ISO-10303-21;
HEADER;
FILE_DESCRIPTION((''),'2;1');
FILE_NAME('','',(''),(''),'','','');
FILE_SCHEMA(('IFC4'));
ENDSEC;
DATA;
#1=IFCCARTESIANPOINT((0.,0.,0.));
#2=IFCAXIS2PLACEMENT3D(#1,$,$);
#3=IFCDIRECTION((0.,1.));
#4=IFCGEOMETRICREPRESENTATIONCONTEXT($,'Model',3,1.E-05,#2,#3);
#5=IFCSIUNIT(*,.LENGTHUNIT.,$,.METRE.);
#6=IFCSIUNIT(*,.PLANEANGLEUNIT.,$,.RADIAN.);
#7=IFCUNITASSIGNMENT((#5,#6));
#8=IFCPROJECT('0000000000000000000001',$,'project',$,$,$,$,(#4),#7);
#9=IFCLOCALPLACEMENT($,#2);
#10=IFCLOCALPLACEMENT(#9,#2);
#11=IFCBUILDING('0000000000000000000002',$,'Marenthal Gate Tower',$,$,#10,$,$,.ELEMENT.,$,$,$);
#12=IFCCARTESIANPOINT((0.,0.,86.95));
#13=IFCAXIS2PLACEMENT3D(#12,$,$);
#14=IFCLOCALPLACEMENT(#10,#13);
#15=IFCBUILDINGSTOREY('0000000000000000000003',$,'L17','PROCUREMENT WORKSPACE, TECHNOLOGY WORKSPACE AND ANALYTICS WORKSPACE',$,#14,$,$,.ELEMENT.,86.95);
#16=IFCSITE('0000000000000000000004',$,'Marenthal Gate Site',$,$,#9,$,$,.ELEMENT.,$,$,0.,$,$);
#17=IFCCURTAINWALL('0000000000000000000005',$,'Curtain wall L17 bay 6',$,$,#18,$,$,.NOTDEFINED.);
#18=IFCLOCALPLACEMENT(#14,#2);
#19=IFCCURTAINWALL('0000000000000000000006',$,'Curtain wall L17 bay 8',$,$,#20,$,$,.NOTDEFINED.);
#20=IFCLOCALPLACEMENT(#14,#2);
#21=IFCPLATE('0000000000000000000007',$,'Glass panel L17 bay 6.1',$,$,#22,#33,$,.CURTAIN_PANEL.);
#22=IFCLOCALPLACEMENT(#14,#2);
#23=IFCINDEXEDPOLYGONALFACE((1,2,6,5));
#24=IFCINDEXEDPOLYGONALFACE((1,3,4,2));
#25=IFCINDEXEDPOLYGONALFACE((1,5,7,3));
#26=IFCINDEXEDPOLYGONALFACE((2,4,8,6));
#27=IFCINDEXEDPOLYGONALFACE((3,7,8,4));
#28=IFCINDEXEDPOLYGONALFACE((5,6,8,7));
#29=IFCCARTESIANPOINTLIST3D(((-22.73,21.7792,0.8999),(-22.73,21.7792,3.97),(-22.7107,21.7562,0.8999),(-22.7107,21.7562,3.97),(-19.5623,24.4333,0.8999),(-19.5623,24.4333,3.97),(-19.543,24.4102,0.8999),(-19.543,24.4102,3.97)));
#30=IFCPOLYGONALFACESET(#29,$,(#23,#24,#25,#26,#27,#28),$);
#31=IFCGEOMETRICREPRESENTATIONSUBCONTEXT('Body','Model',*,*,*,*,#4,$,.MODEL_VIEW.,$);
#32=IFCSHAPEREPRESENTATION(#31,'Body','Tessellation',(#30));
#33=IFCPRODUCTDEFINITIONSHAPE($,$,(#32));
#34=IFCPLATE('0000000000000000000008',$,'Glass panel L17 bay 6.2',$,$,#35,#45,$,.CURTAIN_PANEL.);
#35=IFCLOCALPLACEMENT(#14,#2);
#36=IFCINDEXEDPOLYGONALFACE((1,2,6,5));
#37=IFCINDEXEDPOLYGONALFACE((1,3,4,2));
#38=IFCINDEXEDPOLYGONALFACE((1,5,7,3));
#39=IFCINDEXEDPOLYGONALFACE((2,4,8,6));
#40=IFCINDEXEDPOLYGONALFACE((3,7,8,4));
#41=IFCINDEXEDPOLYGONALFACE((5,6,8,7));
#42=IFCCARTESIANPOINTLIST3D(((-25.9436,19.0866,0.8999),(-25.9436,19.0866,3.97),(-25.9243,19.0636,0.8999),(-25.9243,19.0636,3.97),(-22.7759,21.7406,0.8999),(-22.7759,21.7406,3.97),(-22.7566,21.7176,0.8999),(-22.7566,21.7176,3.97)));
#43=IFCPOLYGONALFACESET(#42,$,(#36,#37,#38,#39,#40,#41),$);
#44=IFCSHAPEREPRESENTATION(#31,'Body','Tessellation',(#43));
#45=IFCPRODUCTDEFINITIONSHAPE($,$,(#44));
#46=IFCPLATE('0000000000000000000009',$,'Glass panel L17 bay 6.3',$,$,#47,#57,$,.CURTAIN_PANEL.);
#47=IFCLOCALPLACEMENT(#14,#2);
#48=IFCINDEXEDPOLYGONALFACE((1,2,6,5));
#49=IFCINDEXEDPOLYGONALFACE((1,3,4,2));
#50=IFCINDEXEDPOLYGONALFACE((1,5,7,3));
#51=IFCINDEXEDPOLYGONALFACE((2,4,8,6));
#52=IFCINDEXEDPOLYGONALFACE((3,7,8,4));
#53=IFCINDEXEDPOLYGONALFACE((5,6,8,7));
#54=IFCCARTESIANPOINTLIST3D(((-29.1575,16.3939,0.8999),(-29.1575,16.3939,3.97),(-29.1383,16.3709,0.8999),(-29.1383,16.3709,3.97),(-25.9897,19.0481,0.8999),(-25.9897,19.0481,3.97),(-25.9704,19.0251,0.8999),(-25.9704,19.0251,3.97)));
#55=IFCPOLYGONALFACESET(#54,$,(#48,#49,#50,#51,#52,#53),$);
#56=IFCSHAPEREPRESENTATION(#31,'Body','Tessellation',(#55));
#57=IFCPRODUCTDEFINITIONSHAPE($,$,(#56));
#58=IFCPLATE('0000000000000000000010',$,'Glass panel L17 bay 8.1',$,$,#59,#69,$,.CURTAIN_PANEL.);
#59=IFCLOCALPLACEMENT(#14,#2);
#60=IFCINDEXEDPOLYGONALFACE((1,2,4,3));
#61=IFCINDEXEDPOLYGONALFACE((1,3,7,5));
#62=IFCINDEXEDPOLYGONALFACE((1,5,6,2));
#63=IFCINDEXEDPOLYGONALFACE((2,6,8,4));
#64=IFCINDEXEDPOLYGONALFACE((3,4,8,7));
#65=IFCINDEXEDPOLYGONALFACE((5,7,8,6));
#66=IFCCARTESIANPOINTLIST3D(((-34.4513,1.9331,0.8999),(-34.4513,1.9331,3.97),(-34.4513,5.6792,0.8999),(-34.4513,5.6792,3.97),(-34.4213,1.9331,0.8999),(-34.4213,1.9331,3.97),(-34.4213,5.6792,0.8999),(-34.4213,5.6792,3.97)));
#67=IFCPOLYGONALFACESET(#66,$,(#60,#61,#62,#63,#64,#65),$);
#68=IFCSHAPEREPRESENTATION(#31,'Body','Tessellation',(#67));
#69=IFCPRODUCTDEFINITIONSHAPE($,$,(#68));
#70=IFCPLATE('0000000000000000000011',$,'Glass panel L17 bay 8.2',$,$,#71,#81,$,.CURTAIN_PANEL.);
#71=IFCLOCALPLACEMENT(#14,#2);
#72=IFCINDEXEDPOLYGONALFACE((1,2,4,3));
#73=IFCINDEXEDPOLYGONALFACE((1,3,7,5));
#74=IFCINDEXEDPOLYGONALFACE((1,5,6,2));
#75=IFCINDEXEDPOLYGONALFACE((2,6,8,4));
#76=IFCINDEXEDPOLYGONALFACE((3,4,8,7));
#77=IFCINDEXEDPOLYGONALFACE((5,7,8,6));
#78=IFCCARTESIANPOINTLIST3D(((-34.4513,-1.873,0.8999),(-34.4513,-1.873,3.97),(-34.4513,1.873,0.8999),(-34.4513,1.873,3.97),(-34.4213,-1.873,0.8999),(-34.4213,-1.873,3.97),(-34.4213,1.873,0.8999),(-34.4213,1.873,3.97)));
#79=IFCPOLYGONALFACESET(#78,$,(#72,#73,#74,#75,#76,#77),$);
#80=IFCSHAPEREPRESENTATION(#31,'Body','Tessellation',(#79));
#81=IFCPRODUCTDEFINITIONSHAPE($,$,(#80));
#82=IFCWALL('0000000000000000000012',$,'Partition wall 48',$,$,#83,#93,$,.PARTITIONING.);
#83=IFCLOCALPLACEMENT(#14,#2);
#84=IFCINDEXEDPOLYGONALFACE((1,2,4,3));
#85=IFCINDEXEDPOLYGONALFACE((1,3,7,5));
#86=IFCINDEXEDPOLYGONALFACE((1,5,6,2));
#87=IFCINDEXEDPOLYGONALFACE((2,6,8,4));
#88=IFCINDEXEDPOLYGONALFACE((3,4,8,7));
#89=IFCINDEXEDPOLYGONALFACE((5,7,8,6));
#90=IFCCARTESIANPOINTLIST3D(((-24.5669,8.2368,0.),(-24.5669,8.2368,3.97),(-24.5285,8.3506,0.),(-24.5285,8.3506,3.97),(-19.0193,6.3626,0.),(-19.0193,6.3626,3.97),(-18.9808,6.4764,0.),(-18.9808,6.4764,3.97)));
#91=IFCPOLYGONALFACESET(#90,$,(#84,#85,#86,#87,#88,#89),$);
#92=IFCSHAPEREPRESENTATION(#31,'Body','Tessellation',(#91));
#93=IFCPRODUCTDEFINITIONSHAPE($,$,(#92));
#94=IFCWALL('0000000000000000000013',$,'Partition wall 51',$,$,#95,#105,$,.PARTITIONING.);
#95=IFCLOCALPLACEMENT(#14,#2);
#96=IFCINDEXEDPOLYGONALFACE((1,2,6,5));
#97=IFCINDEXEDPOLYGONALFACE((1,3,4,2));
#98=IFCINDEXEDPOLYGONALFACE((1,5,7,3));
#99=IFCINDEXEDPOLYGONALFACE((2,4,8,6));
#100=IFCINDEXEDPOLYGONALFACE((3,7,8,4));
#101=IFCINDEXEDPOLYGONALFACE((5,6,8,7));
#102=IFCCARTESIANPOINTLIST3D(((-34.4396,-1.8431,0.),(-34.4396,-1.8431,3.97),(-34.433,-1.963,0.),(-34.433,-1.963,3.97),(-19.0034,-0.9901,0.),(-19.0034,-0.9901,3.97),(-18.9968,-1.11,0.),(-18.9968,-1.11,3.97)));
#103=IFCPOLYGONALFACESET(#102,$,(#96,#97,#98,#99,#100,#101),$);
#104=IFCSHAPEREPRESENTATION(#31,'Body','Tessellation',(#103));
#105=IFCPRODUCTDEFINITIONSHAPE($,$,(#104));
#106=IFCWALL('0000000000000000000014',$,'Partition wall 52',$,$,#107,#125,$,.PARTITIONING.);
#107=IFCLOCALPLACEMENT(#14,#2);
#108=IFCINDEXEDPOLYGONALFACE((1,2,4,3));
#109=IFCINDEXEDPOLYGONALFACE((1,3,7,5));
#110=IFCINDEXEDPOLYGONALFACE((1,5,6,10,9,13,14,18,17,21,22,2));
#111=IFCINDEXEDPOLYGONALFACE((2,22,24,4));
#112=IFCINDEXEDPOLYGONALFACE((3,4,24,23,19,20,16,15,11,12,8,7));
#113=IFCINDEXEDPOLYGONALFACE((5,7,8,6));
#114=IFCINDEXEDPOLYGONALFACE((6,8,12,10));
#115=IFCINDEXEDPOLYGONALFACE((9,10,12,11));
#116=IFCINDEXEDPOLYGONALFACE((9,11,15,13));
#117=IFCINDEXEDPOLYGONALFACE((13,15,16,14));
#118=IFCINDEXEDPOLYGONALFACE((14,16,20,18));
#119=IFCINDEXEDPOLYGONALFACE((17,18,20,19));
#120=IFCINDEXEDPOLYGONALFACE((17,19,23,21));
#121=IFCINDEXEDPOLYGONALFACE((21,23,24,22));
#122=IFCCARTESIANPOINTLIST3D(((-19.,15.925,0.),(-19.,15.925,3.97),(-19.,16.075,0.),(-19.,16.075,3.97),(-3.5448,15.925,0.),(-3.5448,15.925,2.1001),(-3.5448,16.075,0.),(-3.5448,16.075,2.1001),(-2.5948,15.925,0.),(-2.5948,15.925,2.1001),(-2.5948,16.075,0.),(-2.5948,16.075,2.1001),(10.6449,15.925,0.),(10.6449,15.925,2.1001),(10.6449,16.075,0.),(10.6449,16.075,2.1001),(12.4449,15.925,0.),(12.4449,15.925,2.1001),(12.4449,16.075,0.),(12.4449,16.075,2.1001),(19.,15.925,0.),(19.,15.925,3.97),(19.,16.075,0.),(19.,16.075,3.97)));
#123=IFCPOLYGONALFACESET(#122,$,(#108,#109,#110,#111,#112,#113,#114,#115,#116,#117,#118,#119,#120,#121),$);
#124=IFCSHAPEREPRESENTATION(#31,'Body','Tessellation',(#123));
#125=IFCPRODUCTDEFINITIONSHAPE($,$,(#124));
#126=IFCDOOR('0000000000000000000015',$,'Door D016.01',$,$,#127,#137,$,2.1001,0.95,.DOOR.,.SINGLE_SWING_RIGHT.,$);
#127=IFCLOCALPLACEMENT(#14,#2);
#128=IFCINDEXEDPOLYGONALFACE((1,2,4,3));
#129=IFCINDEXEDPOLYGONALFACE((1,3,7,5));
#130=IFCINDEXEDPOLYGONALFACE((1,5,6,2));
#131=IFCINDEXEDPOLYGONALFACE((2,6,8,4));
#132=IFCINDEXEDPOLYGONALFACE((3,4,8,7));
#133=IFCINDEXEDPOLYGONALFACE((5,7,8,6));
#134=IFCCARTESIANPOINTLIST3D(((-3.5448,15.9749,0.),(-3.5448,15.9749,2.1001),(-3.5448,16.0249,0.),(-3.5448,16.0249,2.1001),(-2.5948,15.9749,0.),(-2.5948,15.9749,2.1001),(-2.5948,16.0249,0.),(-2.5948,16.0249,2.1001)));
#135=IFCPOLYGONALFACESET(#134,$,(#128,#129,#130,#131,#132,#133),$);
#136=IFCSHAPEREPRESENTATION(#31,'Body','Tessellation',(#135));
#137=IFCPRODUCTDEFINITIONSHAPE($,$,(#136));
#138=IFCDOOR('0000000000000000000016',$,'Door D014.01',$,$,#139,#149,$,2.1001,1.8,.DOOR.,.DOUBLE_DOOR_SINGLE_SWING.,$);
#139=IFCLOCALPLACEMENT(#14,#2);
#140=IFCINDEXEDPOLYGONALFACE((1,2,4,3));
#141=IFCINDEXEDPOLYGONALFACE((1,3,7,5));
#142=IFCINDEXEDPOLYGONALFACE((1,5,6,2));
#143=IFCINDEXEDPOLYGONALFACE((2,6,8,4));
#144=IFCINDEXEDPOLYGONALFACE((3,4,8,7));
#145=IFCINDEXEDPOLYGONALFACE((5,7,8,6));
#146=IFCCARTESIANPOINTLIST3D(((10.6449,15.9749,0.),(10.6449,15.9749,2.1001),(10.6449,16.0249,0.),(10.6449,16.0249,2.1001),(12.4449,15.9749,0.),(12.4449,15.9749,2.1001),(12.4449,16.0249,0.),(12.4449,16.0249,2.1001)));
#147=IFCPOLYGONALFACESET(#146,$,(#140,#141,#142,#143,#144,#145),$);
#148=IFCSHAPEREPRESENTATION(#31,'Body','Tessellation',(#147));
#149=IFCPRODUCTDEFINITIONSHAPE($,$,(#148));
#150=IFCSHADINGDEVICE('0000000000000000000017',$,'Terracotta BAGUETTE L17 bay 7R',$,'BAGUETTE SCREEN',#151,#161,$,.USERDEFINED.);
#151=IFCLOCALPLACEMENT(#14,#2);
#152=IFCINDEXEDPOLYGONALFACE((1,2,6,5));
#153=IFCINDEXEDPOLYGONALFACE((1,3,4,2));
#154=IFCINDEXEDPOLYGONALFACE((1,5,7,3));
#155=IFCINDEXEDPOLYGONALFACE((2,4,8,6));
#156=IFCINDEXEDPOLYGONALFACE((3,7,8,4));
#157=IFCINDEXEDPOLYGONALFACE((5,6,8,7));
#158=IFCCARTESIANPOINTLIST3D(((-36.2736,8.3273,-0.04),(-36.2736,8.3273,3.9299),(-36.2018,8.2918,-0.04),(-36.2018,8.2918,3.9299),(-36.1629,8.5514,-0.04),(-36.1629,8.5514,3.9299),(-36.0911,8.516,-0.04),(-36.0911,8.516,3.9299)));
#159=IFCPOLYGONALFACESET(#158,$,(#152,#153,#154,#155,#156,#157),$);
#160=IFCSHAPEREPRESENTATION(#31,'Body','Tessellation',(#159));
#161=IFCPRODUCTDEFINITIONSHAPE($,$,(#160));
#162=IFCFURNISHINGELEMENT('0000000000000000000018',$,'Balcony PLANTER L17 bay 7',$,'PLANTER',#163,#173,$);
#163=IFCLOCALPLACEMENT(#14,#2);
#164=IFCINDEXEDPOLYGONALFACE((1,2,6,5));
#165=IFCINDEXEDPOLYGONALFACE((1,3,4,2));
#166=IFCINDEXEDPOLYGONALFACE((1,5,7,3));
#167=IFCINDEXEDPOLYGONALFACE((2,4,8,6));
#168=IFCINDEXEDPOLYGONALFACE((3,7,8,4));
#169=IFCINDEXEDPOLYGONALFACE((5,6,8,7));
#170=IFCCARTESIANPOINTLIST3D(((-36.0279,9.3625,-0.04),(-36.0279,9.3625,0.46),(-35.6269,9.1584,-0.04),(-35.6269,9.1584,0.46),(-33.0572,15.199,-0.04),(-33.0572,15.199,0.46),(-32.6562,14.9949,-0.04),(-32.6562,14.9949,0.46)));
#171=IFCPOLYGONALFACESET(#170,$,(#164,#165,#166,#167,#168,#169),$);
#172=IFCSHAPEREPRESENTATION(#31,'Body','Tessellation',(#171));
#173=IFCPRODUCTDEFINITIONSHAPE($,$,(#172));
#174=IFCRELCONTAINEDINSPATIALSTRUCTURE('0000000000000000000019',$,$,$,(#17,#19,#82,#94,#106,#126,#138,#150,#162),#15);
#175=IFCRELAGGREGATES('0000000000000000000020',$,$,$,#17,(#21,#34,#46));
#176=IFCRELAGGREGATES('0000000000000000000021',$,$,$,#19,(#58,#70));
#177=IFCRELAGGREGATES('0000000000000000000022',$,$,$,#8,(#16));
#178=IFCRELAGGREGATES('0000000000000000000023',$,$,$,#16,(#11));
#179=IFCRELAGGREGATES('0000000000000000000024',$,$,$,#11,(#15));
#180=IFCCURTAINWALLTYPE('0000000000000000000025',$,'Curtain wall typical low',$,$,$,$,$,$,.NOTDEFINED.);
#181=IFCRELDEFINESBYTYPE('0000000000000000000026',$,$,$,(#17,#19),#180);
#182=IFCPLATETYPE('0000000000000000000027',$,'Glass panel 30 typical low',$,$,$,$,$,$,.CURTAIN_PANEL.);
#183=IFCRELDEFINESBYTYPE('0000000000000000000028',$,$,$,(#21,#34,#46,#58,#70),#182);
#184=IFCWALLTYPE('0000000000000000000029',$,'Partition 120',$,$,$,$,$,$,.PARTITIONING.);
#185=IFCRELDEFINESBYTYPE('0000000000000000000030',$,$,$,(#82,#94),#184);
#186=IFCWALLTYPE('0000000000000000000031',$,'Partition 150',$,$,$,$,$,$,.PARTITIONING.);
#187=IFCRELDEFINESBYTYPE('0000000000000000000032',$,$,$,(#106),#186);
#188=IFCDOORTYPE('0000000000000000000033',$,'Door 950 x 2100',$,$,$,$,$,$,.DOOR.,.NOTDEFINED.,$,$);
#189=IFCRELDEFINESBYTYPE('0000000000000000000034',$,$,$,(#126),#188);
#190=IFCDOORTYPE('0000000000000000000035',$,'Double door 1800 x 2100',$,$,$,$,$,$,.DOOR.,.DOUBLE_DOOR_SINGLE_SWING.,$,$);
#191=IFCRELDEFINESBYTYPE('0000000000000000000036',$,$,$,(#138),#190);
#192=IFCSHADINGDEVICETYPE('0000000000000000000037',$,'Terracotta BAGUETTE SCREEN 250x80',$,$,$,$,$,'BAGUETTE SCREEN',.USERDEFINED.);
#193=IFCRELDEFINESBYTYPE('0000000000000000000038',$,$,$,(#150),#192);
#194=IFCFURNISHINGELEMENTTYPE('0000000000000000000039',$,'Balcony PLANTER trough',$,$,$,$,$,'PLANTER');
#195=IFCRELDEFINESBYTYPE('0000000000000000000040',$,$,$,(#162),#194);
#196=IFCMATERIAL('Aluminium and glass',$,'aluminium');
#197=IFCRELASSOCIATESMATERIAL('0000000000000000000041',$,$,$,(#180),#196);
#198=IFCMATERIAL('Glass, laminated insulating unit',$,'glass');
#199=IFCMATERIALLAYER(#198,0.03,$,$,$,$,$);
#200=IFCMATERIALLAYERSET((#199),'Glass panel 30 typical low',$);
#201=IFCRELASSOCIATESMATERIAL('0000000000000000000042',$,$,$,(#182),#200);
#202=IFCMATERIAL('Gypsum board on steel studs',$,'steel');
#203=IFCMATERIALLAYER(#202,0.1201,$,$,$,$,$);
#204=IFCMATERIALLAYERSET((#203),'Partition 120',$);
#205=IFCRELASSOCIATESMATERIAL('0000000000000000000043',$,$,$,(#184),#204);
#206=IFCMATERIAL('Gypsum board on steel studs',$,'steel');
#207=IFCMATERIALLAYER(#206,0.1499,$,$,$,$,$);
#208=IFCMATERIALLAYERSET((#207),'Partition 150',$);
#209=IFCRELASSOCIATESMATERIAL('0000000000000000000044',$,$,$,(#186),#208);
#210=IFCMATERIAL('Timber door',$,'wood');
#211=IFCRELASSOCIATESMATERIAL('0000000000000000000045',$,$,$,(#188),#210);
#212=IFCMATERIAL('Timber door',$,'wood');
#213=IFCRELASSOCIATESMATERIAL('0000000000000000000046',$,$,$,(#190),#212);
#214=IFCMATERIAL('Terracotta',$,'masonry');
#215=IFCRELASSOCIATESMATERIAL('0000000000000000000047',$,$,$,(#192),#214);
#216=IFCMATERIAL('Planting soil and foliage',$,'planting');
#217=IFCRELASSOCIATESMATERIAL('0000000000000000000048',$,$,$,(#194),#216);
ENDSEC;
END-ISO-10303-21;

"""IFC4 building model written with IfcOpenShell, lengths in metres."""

from ifc_helpers import new_model, si_unit, direction, frame, frame_2d, origin, origin_2d, place, context, subcontext, project, spatial, rectangle, extrude, material, layer, layer_set, material_profile, profile_set, type_object, element, fill, aggregate, save


model = new_model("IFC4")

# Units and contexts
model_context = context("Model", 3, precision=1e-05, world=origin(), true_north=direction((0.0, 1.0)))
body_context = subcontext(model_context, "Body", "Model", "MODEL_VIEW")
ifc_project = project(units=[si_unit("LENGTHUNIT", "METRE"), si_unit("PLANEANGLEUNIT", "RADIAN")], contexts=[model_context])

# Site, building, storey
site_placement = place(None, origin())
site = spatial("IfcSite", under=ifc_project, at=site_placement, Name="Marenthal Gate Site", CompositionType="ELEMENT", RefElevation=0.0)
building_placement = place(site_placement, origin())
building = spatial("IfcBuilding", under=site, at=building_placement, Name="Marenthal Gate Tower", CompositionType="ELEMENT")
storey_placement = place(building_placement, frame((0.0, 0.0, 86.95)))
storey = spatial("IfcBuildingStorey", under=building, at=storey_placement, Name="L17", Description="PROCUREMENT WORKSPACE, TECHNOLOGY WORKSPACE AND ANALYTICS WORKSPACE", CompositionType="ELEMENT", Elevation=86.95)

# Curtain walls
ifc_material_1 = material(Name="Aluminium and glass", Category="aluminium")
curtain_wall_type = type_object("IfcCurtainWallType", Name="Curtain wall typical low", PredefinedType="NOTDEFINED", material=ifc_material_1)
curtain_wall_1_placement = place(storey_placement, origin())
curtain_wall_1 = element("IfcCurtainWall", 1, at=curtain_wall_1_placement, inside=storey, type_object=curtain_wall_type, Name="Curtain wall L17 bay 6", PredefinedType="NOTDEFINED")
curtain_wall_2_placement = place(storey_placement, origin())
curtain_wall_2 = element("IfcCurtainWall", 2, at=curtain_wall_2_placement, inside=storey, type_object=curtain_wall_type, Name="Curtain wall L17 bay 8", PredefinedType="NOTDEFINED")

# Plates
ifc_material_2 = material(Name="Glass, laminated insulating unit", Category="glass")
ifc_layer_1 = layer(ifc_material_2, 0.03)
ifc_layer_set_1 = layer_set([ifc_layer_1], Name="Glass panel 30 typical low")
plate_type = type_object("IfcPlateType", Name="Glass panel 30 typical low", PredefinedType="CURTAIN_PANEL", material=ifc_layer_set_1)
plate_1_placement = place(storey_placement, frame((-21.1365, 23.0947, 0.8999), z_axis=(0.0, 0.0, 1.0), x_axis=(-0.766513, -0.642228, 0.0)))
plate_1 = element("IfcPlate", 3, at=plate_1_placement, type_object=plate_type, Name="Glass panel L17 bay 6.1", PredefinedType="CURTAIN_PANEL", context=body_context, shape_type="SweptSolid", body=[
    extrude(rectangle(XDim=4.1326, YDim=0.03, at=origin_2d()), origin(), (0.0, 0.0, 1.0), 3.0701),
])
plate_2_placement = place(storey_placement, frame((-24.3501, 20.4021, 0.8999), z_axis=(0.0, 0.0, 1.0), x_axis=(-0.766513, -0.642228, 0.0)))
plate_2 = element("IfcPlate", 4, at=plate_2_placement, type_object=plate_type, Name="Glass panel L17 bay 6.2", PredefinedType="CURTAIN_PANEL", context=body_context, shape_type="SweptSolid", body=[
    extrude(rectangle(XDim=4.1326, YDim=0.03, at=origin_2d()), origin(), (0.0, 0.0, 1.0), 3.0701),
])
plate_3_placement = place(storey_placement, frame((-27.564, 17.7095, 0.8999), z_axis=(0.0, 0.0, 1.0), x_axis=(-0.766513, -0.642228, 0.0)))
plate_3 = element("IfcPlate", 5, at=plate_3_placement, type_object=plate_type, Name="Glass panel L17 bay 6.3", PredefinedType="CURTAIN_PANEL", context=body_context, shape_type="SweptSolid", body=[
    extrude(rectangle(XDim=4.1328, YDim=0.03, at=origin_2d()), origin(), (0.0, 0.0, 1.0), 3.0701),
])
aggregate(curtain_wall_1, [plate_1, plate_2, plate_3])
plate_4_placement = place(storey_placement, frame((-34.4363, 3.8062, 0.8999), z_axis=(0.0, 0.0, 1.0), x_axis=(0.0, -1.0, 0.0)))
plate_4 = element("IfcPlate", 6, at=plate_4_placement, type_object=plate_type, Name="Glass panel L17 bay 8.1", PredefinedType="CURTAIN_PANEL", context=body_context, shape_type="SweptSolid", body=[
    extrude(rectangle(XDim=3.7461, YDim=0.03, at=origin_2d()), origin(), (0.0, 0.0, 1.0), 3.0701),
])
plate_5_placement = place(storey_placement, frame((-34.4363, 0.0, 0.8999), z_axis=(0.0, 0.0, 1.0), x_axis=(0.0, -1.0, 0.0)))
plate_5 = element("IfcPlate", 7, at=plate_5_placement, type_object=plate_type, Name="Glass panel L17 bay 8.2", PredefinedType="CURTAIN_PANEL", context=body_context, shape_type="SweptSolid", body=[
    extrude(rectangle(XDim=3.7461, YDim=0.03, at=origin_2d()), origin(), (0.0, 0.0, 1.0), 3.0701),
])
aggregate(curtain_wall_2, [plate_4, plate_5])

# Walls
ifc_material_3 = material(Name="Gypsum board on steel studs", Category="steel")
ifc_layer_2 = layer(ifc_material_3, 0.1201)
ifc_layer_set_2 = layer_set([ifc_layer_2], Name="Partition 120")
wall_type_1 = type_object("IfcWallType", Name="Partition 120", PredefinedType="PARTITIONING", material=ifc_layer_set_2)
wall_1_placement = place(storey_placement, frame((-24.5476, 8.2937, 0.0), z_axis=(0.0, 0.0, 1.0), x_axis=(0.947391, -0.320078, 0.0)))
element("IfcWall", 8, at=wall_1_placement, inside=storey, type_object=wall_type_1, Name="Partition wall 48", PredefinedType="PARTITIONING", context=body_context, shape_type="SweptSolid", body=[
    extrude(rectangle(XDim=5.8557, YDim=0.1201, at=frame_2d((2.9277, 0.0))), origin(), (0.0, 0.0, 1.0), 3.97),
])
wall_2_placement = place(storey_placement, frame((-19.0, -1.05, 0.0), z_axis=(0.0, 0.0, 1.0), x_axis=(-0.998477, -0.055177, 0.0)))
element("IfcWall", 9, at=wall_2_placement, inside=storey, type_object=wall_type_1, Name="Partition wall 51", PredefinedType="PARTITIONING", context=body_context, shape_type="SweptSolid", body=[
    extrude(rectangle(XDim=15.4597, YDim=0.1201, at=frame_2d((7.73, 0.0))), origin(), (0.0, 0.0, 1.0), 3.97),
])

# Wall, openings, doors
ifc_material_4 = material(Name="Gypsum board on steel studs", Category="steel")
ifc_layer_3 = layer(ifc_material_4, 0.1499)
ifc_layer_set_3 = layer_set([ifc_layer_3], Name="Partition 150")
wall_type_2 = type_object("IfcWallType", Name="Partition 150", PredefinedType="PARTITIONING", material=ifc_layer_set_3)
wall_3_placement = place(storey_placement, frame((-19.0, 16.0, 0.0), z_axis=(0.0, 0.0, 1.0), x_axis=(1.0, 0.0, 0.0)))
wall_3 = element("IfcWall", 10, at=wall_3_placement, inside=storey, type_object=wall_type_2, Name="Partition wall 52", PredefinedType="PARTITIONING", context=body_context, shape_type="SweptSolid", body=[
    extrude(rectangle(XDim=38.0, YDim=0.1499, at=frame_2d((19.0, 0.0))), origin(), (0.0, 0.0, 1.0), 3.97),
])
opening_1_placement = place(wall_3_placement, frame((15.4551, 0.0, 0.0)))
opening_1 = element("IfcOpeningElement", 11, at=opening_1_placement, cuts=wall_3, PredefinedType="OPENING", context=body_context, shape_type="SweptSolid", body=[
    extrude(rectangle(XDim=0.95, YDim=2.1001, at=frame_2d((0.4751, 1.05))), frame((0.0, 0.085, 0.0), z_axis=(0.0, -1.0, 0.0), x_axis=(1.0, 0.0, 0.0)), (0.0, 0.0, 1.0), 0.1699),
])
opening_2_placement = place(wall_3_placement, frame((29.645, 0.0, 0.0)))
opening_2 = element("IfcOpeningElement", 12, at=opening_2_placement, cuts=wall_3, PredefinedType="OPENING", context=body_context, shape_type="SweptSolid", body=[
    extrude(rectangle(XDim=1.8, YDim=2.1001, at=frame_2d((0.8999, 1.05))), frame((0.0, 0.085, 0.0), z_axis=(0.0, -1.0, 0.0), x_axis=(1.0, 0.0, 0.0)), (0.0, 0.0, 1.0), 0.1699),
])
ifc_material_5 = material(Name="Timber door", Category="wood")
door_type_1 = type_object("IfcDoorType", Name="Door 950 x 2100", OperationType="NOTDEFINED", PredefinedType="DOOR", material=ifc_material_5)
door_1_placement = place(opening_1_placement, origin())
door_1 = element("IfcDoor", 13, at=door_1_placement, inside=storey, type_object=door_type_1, Name="Door D016.01", OperationType="SINGLE_SWING_RIGHT", OverallHeight=2.1001, OverallWidth=0.95, PredefinedType="DOOR", context=body_context, shape_type="SweptSolid", body=[
    extrude(rectangle(XDim=0.95, YDim=2.1001, at=frame_2d((0.4751, 1.05))), frame((0.0, 0.0249, 0.0), z_axis=(0.0, -1.0, 0.0), x_axis=(1.0, 0.0, 0.0)), (0.0, 0.0, 1.0), 0.05),
])
fill(opening_1, door_1)
ifc_material_6 = material(Name="Timber door", Category="wood")
door_type_2 = type_object("IfcDoorType", Name="Double door 1800 x 2100", OperationType="DOUBLE_DOOR_SINGLE_SWING", PredefinedType="DOOR", material=ifc_material_6)
door_2_placement = place(opening_2_placement, origin())
door_2 = element("IfcDoor", 14, at=door_2_placement, inside=storey, type_object=door_type_2, Name="Door D014.01", OperationType="DOUBLE_DOOR_SINGLE_SWING", OverallHeight=2.1001, OverallWidth=1.8, PredefinedType="DOOR", context=body_context, shape_type="SweptSolid", body=[
    extrude(rectangle(XDim=1.8, YDim=2.1001, at=frame_2d((0.8999, 1.05))), frame((0.0, 0.0249, 0.0), z_axis=(0.0, -1.0, 0.0), x_axis=(1.0, 0.0, 0.0)), (0.0, 0.0, 1.0), 0.05),
])
fill(opening_2, door_2)

# Shading device
ifc_material_7 = material(Name="Terracotta", Category="masonry")
ifc_material_profile_1 = material_profile(ifc_material_7, rectangle(XDim=0.25, YDim=0.0801, at=origin_2d()), Name="Terracotta baguette 250x80")
ifc_profile_set_1 = profile_set([ifc_material_profile_1], Name="Terracotta")
shading_device_type = type_object("IfcShadingDeviceType", Name="Terracotta BAGUETTE SCREEN 250x80", ElementType="BAGUETTE SCREEN", PredefinedType="USERDEFINED", material=ifc_profile_set_1)
shading_device_placement = place(storey_placement, frame((-36.1824, 8.4216, -0.04), z_axis=(0.0, 0.0, 1.0), x_axis=(-0.44286, -0.896591, 0.0)))
element("IfcShadingDevice", 15, at=shading_device_placement, inside=storey, type_object=shading_device_type, Name="Terracotta BAGUETTE L17 bay 7R", ObjectType="BAGUETTE SCREEN", PredefinedType="USERDEFINED", context=body_context, shape_type="SweptSolid", body=[
    extrude(rectangle(XDim=0.25, YDim=0.0801, at=origin_2d()), origin(), (0.0, 0.0, 1.0), 3.97),
])

# Furnishing element
ifc_material_8 = material(Name="Planting soil and foliage", Category="planting")
furnishing_element_type = type_object("IfcFurnishingElementType", Name="Balcony PLANTER trough", ElementType="PLANTER", material=ifc_material_8)
furnishing_placement = place(storey_placement, frame((-34.342, 12.1787, -0.04), z_axis=(0.0, 0.0, 1.0), x_axis=(-0.453616, -0.891197, 0.0)))
element("IfcFurnishingElement", 16, at=furnishing_placement, inside=storey, type_object=furnishing_element_type, Name="Balcony PLANTER L17 bay 7", ObjectType="PLANTER", context=body_context, shape_type="SweptSolid", body=[
    extrude(rectangle(XDim=6.5491, YDim=0.45, at=origin_2d()), origin(), (0.0, 0.0, 1.0), 0.5),
])

save(model, "model.ifc")
